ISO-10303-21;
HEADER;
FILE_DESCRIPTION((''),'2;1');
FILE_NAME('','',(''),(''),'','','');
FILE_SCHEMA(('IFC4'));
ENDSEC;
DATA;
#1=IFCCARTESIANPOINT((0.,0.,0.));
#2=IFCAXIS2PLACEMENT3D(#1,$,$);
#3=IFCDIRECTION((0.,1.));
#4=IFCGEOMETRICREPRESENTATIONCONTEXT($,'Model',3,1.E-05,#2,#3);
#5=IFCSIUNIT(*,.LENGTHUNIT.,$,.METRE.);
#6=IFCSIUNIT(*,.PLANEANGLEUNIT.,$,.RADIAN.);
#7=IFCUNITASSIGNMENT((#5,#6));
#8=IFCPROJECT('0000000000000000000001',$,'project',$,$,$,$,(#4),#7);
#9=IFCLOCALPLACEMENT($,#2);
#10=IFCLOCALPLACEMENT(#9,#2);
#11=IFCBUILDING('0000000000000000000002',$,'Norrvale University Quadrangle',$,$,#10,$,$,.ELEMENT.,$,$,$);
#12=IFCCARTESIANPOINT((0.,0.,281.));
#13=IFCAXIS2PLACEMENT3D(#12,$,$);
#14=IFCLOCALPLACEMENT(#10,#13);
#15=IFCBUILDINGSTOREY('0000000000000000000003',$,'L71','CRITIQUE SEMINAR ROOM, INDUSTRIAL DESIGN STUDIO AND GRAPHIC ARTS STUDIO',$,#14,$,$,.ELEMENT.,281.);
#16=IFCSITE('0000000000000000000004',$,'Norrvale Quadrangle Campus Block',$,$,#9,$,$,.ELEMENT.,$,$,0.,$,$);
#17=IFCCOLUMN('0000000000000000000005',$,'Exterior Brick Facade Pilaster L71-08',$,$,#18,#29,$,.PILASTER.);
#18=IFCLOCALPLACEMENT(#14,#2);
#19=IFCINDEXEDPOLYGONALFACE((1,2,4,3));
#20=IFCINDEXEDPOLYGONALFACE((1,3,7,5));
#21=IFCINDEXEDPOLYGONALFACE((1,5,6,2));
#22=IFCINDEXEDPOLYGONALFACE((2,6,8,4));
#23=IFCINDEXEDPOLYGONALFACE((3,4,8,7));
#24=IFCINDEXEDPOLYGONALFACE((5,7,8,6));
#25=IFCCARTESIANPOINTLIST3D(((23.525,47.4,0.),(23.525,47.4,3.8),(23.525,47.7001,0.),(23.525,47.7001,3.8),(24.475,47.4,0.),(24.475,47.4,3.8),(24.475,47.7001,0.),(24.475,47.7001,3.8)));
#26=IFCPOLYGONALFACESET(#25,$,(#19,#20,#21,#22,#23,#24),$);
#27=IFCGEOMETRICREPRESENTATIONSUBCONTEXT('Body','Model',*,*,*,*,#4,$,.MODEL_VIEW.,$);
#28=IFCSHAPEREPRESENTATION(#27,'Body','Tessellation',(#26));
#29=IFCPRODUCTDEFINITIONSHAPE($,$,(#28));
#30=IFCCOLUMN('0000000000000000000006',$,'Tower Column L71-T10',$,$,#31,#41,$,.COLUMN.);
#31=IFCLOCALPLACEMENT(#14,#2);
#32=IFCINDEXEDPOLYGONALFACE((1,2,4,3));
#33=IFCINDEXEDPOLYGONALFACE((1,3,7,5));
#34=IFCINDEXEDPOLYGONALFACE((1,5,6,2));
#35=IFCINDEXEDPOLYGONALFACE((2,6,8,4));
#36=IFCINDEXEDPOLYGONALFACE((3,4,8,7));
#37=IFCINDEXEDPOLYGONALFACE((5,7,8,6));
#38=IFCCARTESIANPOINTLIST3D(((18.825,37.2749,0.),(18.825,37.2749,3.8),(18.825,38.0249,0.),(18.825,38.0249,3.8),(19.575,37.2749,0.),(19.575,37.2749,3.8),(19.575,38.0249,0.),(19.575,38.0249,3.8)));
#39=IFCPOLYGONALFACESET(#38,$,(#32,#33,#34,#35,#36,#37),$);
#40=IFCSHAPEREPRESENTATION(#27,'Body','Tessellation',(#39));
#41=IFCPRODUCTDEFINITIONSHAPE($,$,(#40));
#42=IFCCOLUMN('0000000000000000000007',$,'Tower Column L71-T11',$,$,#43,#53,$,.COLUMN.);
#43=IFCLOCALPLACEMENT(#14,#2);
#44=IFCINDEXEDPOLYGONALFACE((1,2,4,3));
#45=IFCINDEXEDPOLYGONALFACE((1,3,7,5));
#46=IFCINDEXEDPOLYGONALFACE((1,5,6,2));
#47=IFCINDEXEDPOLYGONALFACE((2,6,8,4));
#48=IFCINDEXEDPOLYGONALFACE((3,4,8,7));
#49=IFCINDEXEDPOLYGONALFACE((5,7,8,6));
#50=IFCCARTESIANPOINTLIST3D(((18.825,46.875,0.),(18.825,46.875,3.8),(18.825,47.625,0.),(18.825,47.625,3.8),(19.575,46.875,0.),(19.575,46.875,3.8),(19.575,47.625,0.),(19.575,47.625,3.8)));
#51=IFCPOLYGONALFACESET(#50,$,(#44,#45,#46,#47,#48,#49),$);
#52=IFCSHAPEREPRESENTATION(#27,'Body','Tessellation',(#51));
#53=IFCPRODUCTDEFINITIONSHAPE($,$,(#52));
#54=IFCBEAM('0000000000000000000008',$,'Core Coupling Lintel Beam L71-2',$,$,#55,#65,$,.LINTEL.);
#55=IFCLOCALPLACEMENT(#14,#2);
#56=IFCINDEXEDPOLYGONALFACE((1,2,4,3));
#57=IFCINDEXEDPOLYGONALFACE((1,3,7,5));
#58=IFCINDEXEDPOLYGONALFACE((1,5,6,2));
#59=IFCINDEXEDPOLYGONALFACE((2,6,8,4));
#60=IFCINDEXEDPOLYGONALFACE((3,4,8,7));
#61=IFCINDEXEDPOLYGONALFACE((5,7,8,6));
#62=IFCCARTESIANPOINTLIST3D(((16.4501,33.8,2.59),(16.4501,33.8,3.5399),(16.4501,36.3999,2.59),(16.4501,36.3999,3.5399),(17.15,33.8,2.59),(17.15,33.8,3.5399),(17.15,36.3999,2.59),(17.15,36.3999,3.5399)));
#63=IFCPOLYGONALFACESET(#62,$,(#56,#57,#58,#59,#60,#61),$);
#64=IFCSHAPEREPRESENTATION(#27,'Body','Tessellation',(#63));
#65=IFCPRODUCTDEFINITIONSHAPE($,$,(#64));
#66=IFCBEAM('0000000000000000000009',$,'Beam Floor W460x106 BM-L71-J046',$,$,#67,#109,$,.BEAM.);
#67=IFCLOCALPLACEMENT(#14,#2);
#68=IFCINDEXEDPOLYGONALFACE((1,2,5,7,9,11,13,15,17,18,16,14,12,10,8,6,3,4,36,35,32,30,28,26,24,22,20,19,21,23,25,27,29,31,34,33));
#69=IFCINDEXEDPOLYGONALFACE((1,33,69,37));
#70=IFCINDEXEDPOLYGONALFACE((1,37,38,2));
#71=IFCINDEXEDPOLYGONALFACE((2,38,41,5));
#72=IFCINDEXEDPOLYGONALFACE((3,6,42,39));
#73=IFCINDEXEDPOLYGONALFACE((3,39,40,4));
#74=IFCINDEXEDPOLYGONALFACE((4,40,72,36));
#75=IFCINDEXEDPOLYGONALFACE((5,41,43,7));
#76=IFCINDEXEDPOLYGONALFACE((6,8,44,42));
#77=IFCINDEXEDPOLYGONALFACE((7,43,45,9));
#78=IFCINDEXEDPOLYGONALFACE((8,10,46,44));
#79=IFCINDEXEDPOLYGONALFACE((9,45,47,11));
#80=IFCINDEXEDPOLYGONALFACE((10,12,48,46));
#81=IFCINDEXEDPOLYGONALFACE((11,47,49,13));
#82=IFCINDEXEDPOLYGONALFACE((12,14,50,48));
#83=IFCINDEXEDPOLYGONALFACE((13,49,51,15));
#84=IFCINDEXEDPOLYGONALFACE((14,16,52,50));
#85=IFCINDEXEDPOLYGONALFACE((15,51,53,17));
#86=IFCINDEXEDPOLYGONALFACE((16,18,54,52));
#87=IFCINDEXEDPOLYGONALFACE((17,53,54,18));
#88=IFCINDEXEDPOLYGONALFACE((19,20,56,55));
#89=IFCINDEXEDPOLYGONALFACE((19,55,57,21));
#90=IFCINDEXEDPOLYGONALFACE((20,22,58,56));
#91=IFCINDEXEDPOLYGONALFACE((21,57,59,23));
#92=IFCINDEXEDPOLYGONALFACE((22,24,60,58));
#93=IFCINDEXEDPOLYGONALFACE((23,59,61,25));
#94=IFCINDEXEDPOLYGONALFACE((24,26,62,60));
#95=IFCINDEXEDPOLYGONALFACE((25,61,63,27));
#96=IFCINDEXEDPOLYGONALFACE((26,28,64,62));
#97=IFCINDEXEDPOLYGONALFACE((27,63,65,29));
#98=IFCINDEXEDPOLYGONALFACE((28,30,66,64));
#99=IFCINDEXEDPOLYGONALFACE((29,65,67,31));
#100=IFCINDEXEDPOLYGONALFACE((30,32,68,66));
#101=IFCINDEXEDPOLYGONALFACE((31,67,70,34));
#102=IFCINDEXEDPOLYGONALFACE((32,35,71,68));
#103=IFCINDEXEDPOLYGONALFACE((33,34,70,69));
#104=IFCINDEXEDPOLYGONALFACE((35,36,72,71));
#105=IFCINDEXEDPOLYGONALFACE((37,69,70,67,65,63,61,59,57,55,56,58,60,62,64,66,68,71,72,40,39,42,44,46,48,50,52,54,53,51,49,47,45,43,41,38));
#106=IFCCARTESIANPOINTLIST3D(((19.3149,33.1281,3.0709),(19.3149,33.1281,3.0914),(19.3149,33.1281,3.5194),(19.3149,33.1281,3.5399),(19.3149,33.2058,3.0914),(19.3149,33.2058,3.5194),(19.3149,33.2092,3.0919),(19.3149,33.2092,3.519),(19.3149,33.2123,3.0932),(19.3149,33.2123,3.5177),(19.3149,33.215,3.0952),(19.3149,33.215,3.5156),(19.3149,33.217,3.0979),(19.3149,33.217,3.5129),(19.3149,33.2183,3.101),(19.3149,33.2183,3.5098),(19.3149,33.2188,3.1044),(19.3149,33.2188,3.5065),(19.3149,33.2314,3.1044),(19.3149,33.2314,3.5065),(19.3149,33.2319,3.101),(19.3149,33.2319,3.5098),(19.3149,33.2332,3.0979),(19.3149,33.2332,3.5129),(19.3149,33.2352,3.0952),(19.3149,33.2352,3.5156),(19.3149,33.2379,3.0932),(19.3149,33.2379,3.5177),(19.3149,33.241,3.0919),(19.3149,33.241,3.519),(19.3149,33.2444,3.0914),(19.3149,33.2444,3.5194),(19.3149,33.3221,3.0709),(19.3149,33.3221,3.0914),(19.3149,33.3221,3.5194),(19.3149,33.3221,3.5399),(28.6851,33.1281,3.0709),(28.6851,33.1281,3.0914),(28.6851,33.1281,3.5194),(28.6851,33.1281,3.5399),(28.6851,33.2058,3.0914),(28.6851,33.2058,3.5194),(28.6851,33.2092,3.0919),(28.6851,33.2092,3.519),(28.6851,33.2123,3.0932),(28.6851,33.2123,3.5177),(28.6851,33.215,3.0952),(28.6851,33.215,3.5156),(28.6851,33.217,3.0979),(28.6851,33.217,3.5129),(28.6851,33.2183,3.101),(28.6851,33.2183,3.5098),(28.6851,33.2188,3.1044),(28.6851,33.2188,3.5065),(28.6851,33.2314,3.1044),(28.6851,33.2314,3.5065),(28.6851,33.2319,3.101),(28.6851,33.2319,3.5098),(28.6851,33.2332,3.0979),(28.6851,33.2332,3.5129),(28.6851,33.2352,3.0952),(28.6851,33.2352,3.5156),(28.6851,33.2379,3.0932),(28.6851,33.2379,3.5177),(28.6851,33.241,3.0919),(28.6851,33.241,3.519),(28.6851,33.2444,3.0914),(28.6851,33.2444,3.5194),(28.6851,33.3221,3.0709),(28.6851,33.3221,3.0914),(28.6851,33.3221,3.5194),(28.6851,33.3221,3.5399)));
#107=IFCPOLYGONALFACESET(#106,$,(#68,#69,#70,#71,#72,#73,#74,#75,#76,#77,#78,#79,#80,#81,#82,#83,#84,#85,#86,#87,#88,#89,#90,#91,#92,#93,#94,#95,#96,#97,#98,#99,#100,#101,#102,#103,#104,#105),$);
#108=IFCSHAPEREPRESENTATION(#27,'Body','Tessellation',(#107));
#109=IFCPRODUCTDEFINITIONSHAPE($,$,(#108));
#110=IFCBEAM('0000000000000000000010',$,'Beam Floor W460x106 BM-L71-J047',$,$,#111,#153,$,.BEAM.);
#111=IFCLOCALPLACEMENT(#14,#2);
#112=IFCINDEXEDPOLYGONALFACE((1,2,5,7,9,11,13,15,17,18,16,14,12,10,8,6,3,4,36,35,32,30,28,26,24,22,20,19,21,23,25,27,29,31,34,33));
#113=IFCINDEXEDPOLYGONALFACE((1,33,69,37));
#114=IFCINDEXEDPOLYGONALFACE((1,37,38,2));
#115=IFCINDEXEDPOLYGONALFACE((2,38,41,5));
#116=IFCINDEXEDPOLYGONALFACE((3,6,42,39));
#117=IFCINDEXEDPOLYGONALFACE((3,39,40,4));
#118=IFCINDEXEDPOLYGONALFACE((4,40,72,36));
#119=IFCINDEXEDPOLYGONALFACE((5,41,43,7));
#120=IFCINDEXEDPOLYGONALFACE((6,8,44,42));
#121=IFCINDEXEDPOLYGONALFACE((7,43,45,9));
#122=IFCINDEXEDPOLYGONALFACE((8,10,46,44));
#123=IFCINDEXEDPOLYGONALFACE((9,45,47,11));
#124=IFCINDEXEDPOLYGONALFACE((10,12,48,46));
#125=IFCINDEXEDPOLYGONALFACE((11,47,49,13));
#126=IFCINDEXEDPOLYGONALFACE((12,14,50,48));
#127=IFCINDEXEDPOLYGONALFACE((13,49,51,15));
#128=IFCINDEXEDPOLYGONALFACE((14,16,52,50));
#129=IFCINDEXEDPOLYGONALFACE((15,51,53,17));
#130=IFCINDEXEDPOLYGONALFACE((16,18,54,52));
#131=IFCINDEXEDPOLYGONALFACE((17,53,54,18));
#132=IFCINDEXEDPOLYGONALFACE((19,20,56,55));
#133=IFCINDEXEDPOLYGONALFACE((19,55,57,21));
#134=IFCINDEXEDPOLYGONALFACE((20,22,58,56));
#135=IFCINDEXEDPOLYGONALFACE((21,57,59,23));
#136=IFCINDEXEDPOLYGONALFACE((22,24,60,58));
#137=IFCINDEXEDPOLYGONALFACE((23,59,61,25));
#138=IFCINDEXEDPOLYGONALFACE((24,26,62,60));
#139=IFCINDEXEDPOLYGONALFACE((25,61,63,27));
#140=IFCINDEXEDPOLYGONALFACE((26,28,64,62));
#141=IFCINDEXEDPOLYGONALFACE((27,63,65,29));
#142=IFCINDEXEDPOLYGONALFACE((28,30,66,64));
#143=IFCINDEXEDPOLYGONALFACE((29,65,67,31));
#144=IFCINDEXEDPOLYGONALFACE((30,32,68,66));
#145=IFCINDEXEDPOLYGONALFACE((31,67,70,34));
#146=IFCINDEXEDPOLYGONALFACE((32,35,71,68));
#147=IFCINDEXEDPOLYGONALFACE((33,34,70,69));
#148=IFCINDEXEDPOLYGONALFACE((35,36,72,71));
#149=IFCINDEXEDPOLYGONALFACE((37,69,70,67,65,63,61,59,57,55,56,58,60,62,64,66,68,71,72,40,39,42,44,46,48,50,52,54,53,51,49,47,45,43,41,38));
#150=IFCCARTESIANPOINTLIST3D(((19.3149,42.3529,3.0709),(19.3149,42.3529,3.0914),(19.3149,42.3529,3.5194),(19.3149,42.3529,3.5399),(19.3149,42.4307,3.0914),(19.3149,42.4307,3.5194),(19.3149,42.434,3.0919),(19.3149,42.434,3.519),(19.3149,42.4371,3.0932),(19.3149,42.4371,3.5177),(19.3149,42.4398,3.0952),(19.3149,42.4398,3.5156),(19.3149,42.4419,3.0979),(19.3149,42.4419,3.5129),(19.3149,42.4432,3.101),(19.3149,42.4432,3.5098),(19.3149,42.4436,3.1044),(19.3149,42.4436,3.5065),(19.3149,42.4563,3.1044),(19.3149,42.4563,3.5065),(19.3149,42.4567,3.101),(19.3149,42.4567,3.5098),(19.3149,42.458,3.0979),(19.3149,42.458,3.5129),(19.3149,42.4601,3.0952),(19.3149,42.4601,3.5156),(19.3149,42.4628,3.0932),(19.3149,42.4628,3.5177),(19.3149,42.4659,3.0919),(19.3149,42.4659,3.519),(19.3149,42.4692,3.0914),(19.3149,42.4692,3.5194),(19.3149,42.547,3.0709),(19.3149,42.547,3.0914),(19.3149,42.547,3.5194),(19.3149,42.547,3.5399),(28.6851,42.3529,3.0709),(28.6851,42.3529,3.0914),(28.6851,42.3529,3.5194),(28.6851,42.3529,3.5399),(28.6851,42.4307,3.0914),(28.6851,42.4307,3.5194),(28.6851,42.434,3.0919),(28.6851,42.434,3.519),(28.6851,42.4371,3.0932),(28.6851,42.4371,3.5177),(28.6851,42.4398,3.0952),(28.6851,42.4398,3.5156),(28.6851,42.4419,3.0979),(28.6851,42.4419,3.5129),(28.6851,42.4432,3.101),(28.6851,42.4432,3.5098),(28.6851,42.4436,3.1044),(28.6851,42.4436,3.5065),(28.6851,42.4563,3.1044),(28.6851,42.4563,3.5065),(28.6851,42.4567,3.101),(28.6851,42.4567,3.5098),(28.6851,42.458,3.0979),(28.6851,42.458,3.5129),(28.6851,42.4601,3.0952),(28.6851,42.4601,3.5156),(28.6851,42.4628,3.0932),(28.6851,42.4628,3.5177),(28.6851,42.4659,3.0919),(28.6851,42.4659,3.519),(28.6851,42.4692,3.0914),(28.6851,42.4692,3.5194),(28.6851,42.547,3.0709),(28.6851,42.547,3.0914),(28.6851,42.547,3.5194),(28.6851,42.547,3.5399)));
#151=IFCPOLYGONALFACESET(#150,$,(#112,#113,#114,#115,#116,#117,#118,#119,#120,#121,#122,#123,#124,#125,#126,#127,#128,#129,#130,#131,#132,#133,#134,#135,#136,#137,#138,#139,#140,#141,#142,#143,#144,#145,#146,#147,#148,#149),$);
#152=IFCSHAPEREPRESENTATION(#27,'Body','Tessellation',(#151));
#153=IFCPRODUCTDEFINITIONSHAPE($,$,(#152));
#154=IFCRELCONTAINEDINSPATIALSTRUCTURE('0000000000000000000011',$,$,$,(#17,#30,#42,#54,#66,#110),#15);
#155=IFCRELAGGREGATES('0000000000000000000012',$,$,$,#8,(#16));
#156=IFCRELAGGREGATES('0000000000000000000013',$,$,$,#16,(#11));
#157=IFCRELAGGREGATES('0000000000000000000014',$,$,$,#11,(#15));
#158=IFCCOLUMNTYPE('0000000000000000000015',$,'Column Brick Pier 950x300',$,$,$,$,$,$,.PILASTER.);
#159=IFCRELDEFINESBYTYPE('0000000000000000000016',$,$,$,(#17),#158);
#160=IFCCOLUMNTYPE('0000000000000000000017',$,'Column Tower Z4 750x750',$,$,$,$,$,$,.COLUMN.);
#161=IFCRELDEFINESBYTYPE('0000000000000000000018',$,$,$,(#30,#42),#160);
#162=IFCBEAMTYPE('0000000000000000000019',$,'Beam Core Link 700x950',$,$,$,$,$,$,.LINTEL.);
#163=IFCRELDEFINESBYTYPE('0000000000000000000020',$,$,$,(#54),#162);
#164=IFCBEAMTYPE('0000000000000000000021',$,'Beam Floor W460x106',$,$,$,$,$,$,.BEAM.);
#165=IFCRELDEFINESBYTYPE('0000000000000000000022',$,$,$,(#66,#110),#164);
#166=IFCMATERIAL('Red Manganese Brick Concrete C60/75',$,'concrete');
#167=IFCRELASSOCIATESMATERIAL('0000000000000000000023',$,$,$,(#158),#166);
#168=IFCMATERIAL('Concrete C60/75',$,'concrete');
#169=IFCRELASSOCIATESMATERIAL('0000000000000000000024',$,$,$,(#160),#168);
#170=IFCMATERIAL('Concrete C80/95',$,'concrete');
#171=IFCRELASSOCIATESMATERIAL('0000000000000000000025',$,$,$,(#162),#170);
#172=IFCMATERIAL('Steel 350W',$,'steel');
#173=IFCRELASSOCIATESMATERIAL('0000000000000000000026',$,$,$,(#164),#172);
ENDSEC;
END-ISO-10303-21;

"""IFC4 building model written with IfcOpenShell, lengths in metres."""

from ifc_helpers import new_model, si_unit, direction, frame, origin, origin_2d, place, context, subcontext, project, spatial, rectangle, i_section, extrude, material, material_profile, profile_set, type_object, element, save


model = new_model("IFC4")

# Units and contexts
model_context = context("Model", 3, precision=1e-05, world=origin(), true_north=direction((0.0, 1.0)))
body_context = subcontext(model_context, "Body", "Model", "MODEL_VIEW")
ifc_project = project(units=[si_unit("LENGTHUNIT", "METRE"), si_unit("PLANEANGLEUNIT", "RADIAN")], contexts=[model_context])

# Site, building, storey
site_placement = place(None, origin())
site = spatial("IfcSite", under=ifc_project, at=site_placement, Name="Norrvale Quadrangle Campus Block", CompositionType="ELEMENT", RefElevation=0.0)
building_placement = place(site_placement, origin())
building = spatial("IfcBuilding", under=site, at=building_placement, Name="Norrvale University Quadrangle", CompositionType="ELEMENT")
storey_placement = place(building_placement, frame((0.0, 0.0, 281.0)))
storey = spatial("IfcBuildingStorey", under=building, at=storey_placement, Name="L71", Description="CRITIQUE SEMINAR ROOM, INDUSTRIAL DESIGN STUDIO AND GRAPHIC ARTS STUDIO", CompositionType="ELEMENT", Elevation=281.0)

# Columns
ifc_material_1 = material(Name="Red Manganese Brick Concrete C60/75", Category="concrete")
ifc_material_profile_1 = material_profile(ifc_material_1, rectangle(XDim=0.95, YDim=0.3, at=origin_2d()), Name="Red Manganese Brick Concrete C60/75")
ifc_profile_set_1 = profile_set([ifc_material_profile_1], Name="Red Manganese Brick Concrete C60/75")
column_type_1 = type_object("IfcColumnType", Name="Column Brick Pier 950x300", PredefinedType="PILASTER", material=ifc_profile_set_1)
column_placement = place(storey_placement, frame((24.0, 47.55, 0.0), z_axis=(0.0, 0.0, 1.0), x_axis=(1.0, 0.0, 0.0)))
element("IfcColumn", 1, at=column_placement, inside=storey, type_object=column_type_1, Name="Exterior Brick Facade Pilaster L71-08", PredefinedType="PILASTER", context=body_context, shape_type="SweptSolid", body=[
    extrude(rectangle(XDim=0.95, YDim=0.3, at=origin_2d()), origin(), (0.0, 0.0, 1.0), 3.8),
])
ifc_material_2 = material(Name="Concrete C60/75", Category="concrete")
ifc_material_profile_2 = material_profile(ifc_material_2, rectangle(XDim=0.75, YDim=0.75, at=origin_2d()), Name="Concrete C60/75")
ifc_profile_set_2 = profile_set([ifc_material_profile_2], Name="Concrete C60/75")
column_type_2 = type_object("IfcColumnType", Name="Column Tower Z4 750x750", PredefinedType="COLUMN", material=ifc_profile_set_2)
for number, where, z_axis, x_axis, name in (
    (2, (19.2, 37.6499, 0.0), (0.0, 0.0, 1.0), (1.0, 0.0, 0.0), "Tower Column L71-T10"),
    (3, (19.2, 47.25, 0.0), (0.0, 0.0, 1.0), (1.0, 0.0, 0.0), "Tower Column L71-T11"),
):
    element("IfcColumn", number, at=place(storey_placement, frame(where, z_axis=z_axis, x_axis=x_axis)), inside=storey, type_object=column_type_2, Name=name, PredefinedType="COLUMN", context=body_context, shape_type="SweptSolid", body=[
        extrude(rectangle(XDim=0.75, YDim=0.75, at=origin_2d()), origin(), (0.0, 0.0, 1.0), 3.8),
    ])

# Beams
ifc_material_3 = material(Name="Concrete C80/95", Category="concrete")
ifc_material_profile_3 = material_profile(ifc_material_3, rectangle(XDim=0.7, YDim=0.95, at=origin_2d()), Name="Concrete C80/95")
ifc_profile_set_3 = profile_set([ifc_material_profile_3], Name="Concrete C80/95")
beam_type_1 = type_object("IfcBeamType", Name="Beam Core Link 700x950", PredefinedType="LINTEL", material=ifc_profile_set_3)
beam_placement = place(storey_placement, frame((16.8, 33.8, 3.0649), z_axis=(0.0, 1.0, 0.0), x_axis=(-1.0, 0.0, 0.0)))
element("IfcBeam", 4, at=beam_placement, inside=storey, type_object=beam_type_1, Name="Core Coupling Lintel Beam L71-2", PredefinedType="LINTEL", context=body_context, shape_type="SweptSolid", body=[
    extrude(rectangle(XDim=0.7, YDim=0.95, at=origin_2d()), origin(), (0.0, 0.0, 1.0), 2.5999),
])
ifc_material_4 = material(Name="Steel 350W", Category="steel")
ifc_material_profile_4 = material_profile(ifc_material_4, i_section(OverallWidth=0.1941, OverallDepth=0.469, WebThickness=0.0127, FlangeThickness=0.0205, FilletRadius=0.0129, at=origin_2d()), Name="Steel 350W")
ifc_profile_set_4 = profile_set([ifc_material_profile_4], Name="Steel 350W")
beam_type_2 = type_object("IfcBeamType", Name="Beam Floor W460x106", PredefinedType="BEAM", material=ifc_profile_set_4)
for number, where, z_axis, x_axis, name in (
    (5, (19.3149, 33.2251, 3.3054), (1.0, 0.0, 0.0), (0.0, 1.0, 0.0), "Beam Floor W460x106 BM-L71-J046"),
    (6, (19.3149, 42.45, 3.3054), (1.0, 0.0, 0.0), (0.0, 1.0, 0.0), "Beam Floor W460x106 BM-L71-J047"),
):
    element("IfcBeam", number, at=place(storey_placement, frame(where, z_axis=z_axis, x_axis=x_axis)), inside=storey, type_object=beam_type_2, Name=name, PredefinedType="BEAM", context=body_context, shape_type="SweptSolid", body=[
        extrude(i_section(OverallWidth=0.1941, OverallDepth=0.469, WebThickness=0.0127, FlangeThickness=0.0205, FilletRadius=0.0129, at=origin_2d()), origin(), (0.0, 0.0, 1.0), 9.3701),
    ])

save(model, "model.ifc")
